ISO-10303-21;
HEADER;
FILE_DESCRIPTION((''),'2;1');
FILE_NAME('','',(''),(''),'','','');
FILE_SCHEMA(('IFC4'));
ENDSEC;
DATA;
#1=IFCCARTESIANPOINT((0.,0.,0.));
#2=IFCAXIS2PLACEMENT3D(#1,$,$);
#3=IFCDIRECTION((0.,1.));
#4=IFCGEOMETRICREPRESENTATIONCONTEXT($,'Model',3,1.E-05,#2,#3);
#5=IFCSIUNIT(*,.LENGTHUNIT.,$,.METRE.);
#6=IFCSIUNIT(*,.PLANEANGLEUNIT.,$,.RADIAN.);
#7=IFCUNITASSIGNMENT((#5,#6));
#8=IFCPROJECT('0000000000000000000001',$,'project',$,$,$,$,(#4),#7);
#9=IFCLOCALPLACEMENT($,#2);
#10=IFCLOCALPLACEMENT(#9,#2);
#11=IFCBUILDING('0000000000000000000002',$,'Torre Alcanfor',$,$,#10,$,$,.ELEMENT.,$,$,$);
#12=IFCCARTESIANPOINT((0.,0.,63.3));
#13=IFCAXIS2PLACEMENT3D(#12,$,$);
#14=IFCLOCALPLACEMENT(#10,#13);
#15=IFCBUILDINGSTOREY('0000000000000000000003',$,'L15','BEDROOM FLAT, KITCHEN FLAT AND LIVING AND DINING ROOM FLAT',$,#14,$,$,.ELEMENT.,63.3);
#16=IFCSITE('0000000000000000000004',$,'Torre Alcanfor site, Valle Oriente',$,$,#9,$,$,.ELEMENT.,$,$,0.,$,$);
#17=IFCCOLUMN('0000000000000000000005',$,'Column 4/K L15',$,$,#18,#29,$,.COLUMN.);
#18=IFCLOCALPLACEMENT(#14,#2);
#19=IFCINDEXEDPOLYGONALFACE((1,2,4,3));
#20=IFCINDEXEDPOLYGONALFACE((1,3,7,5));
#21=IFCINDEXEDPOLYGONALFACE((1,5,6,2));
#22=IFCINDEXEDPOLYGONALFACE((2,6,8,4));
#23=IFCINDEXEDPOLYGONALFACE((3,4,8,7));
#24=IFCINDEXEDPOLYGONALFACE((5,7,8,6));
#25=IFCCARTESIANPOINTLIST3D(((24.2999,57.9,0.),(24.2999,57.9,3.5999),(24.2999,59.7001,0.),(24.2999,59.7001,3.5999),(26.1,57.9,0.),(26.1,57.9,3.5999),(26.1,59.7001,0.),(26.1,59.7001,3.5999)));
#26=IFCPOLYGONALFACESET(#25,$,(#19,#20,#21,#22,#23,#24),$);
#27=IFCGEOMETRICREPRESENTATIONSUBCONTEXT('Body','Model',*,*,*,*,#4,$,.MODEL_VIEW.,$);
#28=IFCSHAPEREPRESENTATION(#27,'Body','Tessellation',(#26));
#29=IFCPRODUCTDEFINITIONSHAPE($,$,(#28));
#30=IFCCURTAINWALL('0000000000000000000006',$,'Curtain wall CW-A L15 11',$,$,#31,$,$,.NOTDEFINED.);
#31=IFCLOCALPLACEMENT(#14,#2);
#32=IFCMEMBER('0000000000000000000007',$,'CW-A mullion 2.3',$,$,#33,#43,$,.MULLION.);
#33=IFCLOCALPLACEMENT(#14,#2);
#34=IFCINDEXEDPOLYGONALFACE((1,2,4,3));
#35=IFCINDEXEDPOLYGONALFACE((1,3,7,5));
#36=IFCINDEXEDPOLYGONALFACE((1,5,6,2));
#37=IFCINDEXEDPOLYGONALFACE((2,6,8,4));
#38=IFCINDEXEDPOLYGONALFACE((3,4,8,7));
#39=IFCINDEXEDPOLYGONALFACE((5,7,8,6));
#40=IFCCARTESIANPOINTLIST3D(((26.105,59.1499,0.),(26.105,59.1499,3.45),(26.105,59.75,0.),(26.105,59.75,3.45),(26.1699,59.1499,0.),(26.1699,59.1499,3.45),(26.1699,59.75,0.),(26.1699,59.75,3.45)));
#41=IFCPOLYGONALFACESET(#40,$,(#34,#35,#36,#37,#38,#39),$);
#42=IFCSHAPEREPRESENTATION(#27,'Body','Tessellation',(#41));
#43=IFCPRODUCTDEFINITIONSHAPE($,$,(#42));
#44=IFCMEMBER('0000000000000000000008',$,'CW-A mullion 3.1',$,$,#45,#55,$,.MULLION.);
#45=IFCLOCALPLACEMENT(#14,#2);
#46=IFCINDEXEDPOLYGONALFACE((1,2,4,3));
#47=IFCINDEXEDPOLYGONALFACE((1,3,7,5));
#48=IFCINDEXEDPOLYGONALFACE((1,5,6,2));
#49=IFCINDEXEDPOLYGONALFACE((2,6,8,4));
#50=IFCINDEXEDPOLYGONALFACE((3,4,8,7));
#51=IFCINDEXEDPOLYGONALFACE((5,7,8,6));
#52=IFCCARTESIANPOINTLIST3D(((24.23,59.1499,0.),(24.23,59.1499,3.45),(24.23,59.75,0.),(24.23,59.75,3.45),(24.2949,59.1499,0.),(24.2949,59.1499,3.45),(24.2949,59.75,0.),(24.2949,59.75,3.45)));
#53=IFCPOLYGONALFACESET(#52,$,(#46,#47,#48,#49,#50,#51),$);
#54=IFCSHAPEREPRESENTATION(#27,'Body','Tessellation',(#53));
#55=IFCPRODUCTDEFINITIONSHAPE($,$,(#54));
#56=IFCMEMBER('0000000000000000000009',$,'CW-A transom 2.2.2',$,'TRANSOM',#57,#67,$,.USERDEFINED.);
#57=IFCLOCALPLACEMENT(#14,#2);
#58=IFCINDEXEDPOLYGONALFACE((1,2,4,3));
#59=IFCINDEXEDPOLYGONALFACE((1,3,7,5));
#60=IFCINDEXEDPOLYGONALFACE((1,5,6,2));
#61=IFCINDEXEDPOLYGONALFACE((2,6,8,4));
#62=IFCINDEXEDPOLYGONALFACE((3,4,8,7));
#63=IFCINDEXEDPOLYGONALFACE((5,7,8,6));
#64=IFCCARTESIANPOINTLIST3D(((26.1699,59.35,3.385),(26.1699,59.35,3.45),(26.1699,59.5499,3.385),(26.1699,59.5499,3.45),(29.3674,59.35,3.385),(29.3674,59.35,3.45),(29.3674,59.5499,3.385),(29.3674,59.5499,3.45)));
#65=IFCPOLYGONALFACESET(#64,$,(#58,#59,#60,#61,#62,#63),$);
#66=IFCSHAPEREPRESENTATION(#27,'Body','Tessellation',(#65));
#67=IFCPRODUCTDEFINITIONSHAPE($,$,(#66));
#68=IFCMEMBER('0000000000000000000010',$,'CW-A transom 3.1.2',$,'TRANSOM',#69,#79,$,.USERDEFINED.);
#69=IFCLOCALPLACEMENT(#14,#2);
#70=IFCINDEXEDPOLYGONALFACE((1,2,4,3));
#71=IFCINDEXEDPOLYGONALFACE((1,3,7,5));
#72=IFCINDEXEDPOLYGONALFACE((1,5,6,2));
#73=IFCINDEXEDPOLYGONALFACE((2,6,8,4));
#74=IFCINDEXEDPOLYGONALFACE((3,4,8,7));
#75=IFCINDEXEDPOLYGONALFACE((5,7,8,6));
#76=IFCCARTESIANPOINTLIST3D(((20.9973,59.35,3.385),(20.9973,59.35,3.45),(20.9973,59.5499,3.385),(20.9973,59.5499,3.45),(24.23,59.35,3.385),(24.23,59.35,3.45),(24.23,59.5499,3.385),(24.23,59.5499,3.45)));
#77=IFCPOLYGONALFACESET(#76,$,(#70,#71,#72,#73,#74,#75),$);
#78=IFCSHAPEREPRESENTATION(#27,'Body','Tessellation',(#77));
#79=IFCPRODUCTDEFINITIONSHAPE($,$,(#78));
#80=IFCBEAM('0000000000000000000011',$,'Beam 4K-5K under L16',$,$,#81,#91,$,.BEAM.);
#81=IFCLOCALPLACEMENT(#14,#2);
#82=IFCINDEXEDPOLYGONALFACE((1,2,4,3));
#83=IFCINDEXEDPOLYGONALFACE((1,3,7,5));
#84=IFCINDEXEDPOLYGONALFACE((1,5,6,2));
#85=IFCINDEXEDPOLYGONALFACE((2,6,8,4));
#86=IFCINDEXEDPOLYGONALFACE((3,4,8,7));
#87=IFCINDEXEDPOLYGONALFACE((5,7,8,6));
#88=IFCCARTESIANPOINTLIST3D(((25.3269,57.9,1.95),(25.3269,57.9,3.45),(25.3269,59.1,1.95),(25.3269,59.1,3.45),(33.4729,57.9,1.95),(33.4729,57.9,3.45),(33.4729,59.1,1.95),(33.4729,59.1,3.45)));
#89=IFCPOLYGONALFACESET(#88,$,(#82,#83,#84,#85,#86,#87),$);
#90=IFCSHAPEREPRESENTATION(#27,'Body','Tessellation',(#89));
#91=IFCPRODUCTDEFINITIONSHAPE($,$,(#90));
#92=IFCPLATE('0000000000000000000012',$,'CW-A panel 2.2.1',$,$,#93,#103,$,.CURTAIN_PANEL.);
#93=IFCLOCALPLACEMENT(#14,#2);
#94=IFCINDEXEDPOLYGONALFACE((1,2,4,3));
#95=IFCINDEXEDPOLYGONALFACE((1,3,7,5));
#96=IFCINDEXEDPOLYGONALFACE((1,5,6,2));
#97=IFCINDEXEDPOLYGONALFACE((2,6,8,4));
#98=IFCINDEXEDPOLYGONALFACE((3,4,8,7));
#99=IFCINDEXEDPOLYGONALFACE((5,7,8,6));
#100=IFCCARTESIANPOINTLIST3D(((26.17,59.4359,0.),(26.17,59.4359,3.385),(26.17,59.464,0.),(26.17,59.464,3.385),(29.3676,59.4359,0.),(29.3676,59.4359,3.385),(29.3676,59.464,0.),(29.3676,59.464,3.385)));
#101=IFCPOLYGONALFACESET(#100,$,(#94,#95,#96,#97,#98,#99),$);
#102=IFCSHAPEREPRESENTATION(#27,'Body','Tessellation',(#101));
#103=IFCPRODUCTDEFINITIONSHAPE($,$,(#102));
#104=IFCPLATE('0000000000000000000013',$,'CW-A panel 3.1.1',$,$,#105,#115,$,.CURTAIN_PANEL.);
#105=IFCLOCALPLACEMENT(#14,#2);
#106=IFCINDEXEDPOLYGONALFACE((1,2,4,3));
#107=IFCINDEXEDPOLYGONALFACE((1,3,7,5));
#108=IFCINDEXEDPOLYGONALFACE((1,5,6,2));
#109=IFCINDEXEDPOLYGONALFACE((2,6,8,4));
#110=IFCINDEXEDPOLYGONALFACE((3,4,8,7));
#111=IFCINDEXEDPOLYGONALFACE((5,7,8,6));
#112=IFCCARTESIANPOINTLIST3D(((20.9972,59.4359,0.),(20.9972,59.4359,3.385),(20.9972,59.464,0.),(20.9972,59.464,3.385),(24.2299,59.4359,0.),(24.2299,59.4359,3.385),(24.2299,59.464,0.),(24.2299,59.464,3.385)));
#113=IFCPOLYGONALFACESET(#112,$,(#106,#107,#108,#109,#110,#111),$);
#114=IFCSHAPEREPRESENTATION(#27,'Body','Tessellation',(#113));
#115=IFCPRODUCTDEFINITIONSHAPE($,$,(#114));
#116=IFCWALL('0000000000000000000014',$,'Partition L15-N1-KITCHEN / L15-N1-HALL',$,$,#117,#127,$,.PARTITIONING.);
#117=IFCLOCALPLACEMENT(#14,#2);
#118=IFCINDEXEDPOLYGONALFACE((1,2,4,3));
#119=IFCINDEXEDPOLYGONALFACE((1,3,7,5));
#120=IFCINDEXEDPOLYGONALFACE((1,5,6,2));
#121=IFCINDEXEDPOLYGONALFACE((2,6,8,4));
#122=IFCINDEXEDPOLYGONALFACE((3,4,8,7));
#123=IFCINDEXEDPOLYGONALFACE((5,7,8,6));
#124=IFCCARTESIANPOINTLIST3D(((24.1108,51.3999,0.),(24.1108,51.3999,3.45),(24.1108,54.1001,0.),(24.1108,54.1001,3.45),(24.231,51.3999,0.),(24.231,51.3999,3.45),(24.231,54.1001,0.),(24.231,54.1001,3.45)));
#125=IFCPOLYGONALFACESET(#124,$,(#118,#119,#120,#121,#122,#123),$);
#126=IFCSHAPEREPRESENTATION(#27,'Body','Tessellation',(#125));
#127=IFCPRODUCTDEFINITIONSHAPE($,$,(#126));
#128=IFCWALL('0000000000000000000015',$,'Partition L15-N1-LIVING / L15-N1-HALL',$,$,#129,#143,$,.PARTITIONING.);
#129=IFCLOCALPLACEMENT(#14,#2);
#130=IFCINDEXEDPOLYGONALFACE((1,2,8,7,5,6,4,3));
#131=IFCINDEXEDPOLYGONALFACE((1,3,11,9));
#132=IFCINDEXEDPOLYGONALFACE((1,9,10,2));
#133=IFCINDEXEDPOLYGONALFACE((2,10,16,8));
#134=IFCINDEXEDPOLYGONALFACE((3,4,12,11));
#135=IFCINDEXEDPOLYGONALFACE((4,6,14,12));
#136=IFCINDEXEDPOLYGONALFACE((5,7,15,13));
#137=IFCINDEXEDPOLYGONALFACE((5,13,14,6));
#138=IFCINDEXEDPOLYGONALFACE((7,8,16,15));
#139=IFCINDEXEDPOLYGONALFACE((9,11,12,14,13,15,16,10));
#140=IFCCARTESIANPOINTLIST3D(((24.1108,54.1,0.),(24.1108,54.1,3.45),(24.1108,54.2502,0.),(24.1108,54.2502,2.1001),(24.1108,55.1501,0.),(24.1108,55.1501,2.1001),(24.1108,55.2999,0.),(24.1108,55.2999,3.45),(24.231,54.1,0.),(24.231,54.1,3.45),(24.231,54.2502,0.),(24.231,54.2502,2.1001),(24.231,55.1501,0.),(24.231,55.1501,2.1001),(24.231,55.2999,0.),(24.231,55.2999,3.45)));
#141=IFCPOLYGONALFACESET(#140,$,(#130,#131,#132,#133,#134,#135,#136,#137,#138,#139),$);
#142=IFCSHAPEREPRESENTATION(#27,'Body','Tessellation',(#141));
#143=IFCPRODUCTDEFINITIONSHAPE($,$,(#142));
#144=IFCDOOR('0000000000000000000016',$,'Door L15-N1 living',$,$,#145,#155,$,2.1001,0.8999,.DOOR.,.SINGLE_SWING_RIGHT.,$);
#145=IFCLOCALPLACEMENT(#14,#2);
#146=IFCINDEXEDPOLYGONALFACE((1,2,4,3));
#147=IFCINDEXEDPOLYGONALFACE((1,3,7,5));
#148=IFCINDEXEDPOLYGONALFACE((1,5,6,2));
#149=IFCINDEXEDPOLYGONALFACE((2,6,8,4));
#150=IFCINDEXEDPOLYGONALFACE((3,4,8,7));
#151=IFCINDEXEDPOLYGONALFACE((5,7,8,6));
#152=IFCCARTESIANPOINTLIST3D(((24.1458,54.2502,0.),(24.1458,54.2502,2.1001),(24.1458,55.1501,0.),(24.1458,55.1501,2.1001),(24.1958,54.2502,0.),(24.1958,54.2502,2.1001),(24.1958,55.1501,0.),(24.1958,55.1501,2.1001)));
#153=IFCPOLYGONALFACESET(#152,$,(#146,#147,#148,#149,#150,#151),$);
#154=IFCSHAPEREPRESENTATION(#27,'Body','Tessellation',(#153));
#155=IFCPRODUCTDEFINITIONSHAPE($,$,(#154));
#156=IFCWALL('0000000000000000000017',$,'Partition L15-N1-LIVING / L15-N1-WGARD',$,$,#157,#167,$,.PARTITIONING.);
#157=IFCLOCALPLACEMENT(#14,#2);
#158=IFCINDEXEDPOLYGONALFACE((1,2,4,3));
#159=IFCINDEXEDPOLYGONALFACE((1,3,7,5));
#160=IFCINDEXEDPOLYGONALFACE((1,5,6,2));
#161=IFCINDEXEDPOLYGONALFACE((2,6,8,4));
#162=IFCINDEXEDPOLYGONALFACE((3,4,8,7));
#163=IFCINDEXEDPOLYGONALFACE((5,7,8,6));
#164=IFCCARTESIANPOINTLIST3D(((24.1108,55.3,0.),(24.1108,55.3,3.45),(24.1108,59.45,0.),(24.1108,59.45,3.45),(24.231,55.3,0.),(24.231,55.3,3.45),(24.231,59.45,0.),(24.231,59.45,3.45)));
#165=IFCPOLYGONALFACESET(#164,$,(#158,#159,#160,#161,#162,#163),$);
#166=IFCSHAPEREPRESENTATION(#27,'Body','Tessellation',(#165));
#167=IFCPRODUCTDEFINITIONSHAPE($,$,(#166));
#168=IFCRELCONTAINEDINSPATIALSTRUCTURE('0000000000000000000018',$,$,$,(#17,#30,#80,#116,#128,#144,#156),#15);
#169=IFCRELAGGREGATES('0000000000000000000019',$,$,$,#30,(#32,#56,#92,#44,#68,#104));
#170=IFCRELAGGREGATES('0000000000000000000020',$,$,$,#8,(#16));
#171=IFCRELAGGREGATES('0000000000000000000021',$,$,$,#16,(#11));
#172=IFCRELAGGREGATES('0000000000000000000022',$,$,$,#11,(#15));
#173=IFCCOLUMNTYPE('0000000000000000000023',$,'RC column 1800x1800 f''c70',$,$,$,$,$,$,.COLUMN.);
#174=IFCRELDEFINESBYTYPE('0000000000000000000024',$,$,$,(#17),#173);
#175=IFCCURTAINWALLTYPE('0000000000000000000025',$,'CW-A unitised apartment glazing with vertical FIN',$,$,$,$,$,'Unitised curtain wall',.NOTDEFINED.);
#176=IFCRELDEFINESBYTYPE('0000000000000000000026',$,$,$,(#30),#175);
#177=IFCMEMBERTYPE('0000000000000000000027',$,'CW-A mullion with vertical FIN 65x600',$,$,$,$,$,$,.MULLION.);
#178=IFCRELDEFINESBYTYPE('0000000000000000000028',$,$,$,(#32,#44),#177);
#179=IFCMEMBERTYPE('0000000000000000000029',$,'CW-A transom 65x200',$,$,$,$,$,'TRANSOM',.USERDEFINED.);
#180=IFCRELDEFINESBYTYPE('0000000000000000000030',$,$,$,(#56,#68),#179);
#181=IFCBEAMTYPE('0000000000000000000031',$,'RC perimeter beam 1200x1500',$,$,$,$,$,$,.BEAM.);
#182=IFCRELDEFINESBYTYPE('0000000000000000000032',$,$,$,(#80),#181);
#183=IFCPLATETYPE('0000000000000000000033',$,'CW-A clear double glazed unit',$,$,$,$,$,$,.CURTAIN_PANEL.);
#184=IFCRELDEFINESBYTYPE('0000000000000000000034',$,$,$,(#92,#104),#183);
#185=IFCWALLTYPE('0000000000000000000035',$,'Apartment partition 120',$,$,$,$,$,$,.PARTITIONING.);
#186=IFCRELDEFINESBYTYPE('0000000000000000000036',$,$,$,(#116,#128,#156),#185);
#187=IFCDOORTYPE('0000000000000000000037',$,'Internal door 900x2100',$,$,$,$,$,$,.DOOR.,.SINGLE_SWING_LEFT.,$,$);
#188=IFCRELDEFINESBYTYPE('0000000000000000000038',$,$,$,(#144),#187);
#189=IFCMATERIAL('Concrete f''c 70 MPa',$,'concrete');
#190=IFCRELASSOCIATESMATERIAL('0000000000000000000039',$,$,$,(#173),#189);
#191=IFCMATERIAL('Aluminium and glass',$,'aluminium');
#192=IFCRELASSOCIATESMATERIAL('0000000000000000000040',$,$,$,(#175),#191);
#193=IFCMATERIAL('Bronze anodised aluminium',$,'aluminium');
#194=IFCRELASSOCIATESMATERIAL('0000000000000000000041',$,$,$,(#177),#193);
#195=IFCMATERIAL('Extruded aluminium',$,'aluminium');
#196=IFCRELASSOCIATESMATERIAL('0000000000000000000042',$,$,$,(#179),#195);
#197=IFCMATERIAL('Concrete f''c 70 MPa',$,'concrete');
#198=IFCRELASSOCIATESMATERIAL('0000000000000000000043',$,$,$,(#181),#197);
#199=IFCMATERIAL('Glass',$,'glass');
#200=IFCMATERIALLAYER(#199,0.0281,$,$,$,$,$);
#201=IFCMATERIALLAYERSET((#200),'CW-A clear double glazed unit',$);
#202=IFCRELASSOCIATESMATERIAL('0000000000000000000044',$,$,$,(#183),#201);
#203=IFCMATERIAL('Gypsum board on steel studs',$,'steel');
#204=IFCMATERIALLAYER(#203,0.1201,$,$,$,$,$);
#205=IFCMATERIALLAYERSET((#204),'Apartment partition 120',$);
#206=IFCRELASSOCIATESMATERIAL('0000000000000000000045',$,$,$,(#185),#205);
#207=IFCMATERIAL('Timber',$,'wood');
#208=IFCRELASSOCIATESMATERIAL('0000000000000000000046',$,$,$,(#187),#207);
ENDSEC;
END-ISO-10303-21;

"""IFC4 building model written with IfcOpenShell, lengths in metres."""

from ifc_helpers import new_model, si_unit, direction, frame, frame_2d, origin, origin_2d, place, context, subcontext, project, spatial, rectangle, extrude, material, layer, layer_set, material_profile, profile_set, type_object, element, fill, aggregate, save


model = new_model("IFC4")

# Units and contexts
model_context = context("Model", 3, precision=1e-05, world=origin(), true_north=direction((0.0, 1.0)))
body_context = subcontext(model_context, "Body", "Model", "MODEL_VIEW")
ifc_project = project(units=[si_unit("LENGTHUNIT", "METRE"), si_unit("PLANEANGLEUNIT", "RADIAN")], contexts=[model_context])

# Site, building, storey
site_placement = place(None, origin())
site = spatial("IfcSite", under=ifc_project, at=site_placement, Name="Torre Alcanfor site, Valle Oriente", CompositionType="ELEMENT", RefElevation=0.0)
building_placement = place(site_placement, origin())
building = spatial("IfcBuilding", under=site, at=building_placement, Name="Torre Alcanfor", CompositionType="ELEMENT")
storey_placement = place(building_placement, frame((0.0, 0.0, 63.3)))
storey = spatial("IfcBuildingStorey", under=building, at=storey_placement, Name="L15", Description="BEDROOM FLAT, KITCHEN FLAT AND LIVING AND DINING ROOM FLAT", CompositionType="ELEMENT", Elevation=63.3)

# Column
ifc_material_1 = material(Name="Concrete f'c 70 MPa", Category="concrete")
ifc_material_profile_1 = material_profile(ifc_material_1, rectangle(XDim=1.8, YDim=1.8, at=origin_2d()), Name="1800x1800")
ifc_profile_set_1 = profile_set([ifc_material_profile_1], Name="Concrete f'c 70 MPa")
column_type = type_object("IfcColumnType", Name="RC column 1800x1800 f'c70", PredefinedType="COLUMN", material=ifc_profile_set_1)
column_placement = place(storey_placement, frame((25.2, 58.8, 0.0), z_axis=(0.0, 0.0, 1.0), x_axis=(1.0, 0.0, 0.0)))
element("IfcColumn", 1, at=column_placement, inside=storey, type_object=column_type, Name="Column 4/K L15", PredefinedType="COLUMN", context=body_context, shape_type="SweptSolid", body=[
    extrude(rectangle(XDim=1.8, YDim=1.8, at=origin_2d()), origin(), (0.0, 0.0, 1.0), 3.5999),
])

# Curtain wall, members
ifc_material_2 = material(Name="Aluminium and glass", Category="aluminium")
curtain_wall_type = type_object("IfcCurtainWallType", Name="CW-A unitised apartment glazing with vertical FIN", ElementType="Unitised curtain wall", PredefinedType="NOTDEFINED", material=ifc_material_2)
curtain_wall_placement = place(storey_placement, origin())
curtain_wall = element("IfcCurtainWall", 2, at=curtain_wall_placement, inside=storey, type_object=curtain_wall_type, Name="Curtain wall CW-A L15 11", PredefinedType="NOTDEFINED")
ifc_material_3 = material(Name="Bronze anodised aluminium", Category="aluminium")
ifc_material_profile_2 = material_profile(ifc_material_3, rectangle(XDim=0.6001, YDim=0.0649, at=origin_2d()), Name="CW-A mullion 65x600")
ifc_profile_set_2 = profile_set([ifc_material_profile_2], Name="Bronze anodised aluminium")
member_type_1 = type_object("IfcMemberType", Name="CW-A mullion with vertical FIN 65x600", PredefinedType="MULLION", material=ifc_profile_set_2)
member_1_placement = place(storey_placement, frame((26.1375, 59.45, 0.0), z_axis=(0.0, 0.0, 1.0), x_axis=(0.0, -1.0, 0.0)))
member_1 = element("IfcMember", 3, at=member_1_placement, type_object=member_type_1, Name="CW-A mullion 2.3", PredefinedType="MULLION", context=body_context, shape_type="SweptSolid", body=[
    extrude(rectangle(XDim=0.6001, YDim=0.0649, at=origin_2d()), origin(), (0.0, 0.0, 1.0), 3.45),
])
member_2_placement = place(storey_placement, frame((24.2625, 59.45, 0.0), z_axis=(0.0, 0.0, 1.0), x_axis=(0.0, -1.0, 0.0)))
member_2 = element("IfcMember", 4, at=member_2_placement, type_object=member_type_1, Name="CW-A mullion 3.1", PredefinedType="MULLION", context=body_context, shape_type="SweptSolid", body=[
    extrude(rectangle(XDim=0.6001, YDim=0.0649, at=origin_2d()), origin(), (0.0, 0.0, 1.0), 3.45),
])
ifc_material_4 = material(Name="Extruded aluminium", Category="aluminium")
ifc_material_profile_3 = material_profile(ifc_material_4, rectangle(XDim=0.2, YDim=0.0649, at=origin_2d()), Name="CW-A transom 200x65")
ifc_profile_set_3 = profile_set([ifc_material_profile_3], Name="Extruded aluminium")
member_type_2 = type_object("IfcMemberType", Name="CW-A transom 65x200", ElementType="TRANSOM", PredefinedType="USERDEFINED", material=ifc_profile_set_3)
member_3_placement = place(storey_placement, frame((29.3674, 59.45, 3.4175), z_axis=(-1.0, 0.0, 0.0), x_axis=(0.0, -1.0, 0.0)))
member_3 = element("IfcMember", 5, at=member_3_placement, type_object=member_type_2, Name="CW-A transom 2.2.2", ObjectType="TRANSOM", PredefinedType="USERDEFINED", context=body_context, shape_type="SweptSolid", body=[
    extrude(rectangle(XDim=0.2, YDim=0.0649, at=origin_2d()), origin(), (0.0, 0.0, 1.0), 3.1975),
])
member_4_placement = place(storey_placement, frame((24.23, 59.45, 3.4175), z_axis=(-1.0, 0.0, 0.0), x_axis=(0.0, -1.0, 0.0)))
member_4 = element("IfcMember", 6, at=member_4_placement, type_object=member_type_2, Name="CW-A transom 3.1.2", ObjectType="TRANSOM", PredefinedType="USERDEFINED", context=body_context, shape_type="SweptSolid", body=[
    extrude(rectangle(XDim=0.2, YDim=0.0649, at=origin_2d()), origin(), (0.0, 0.0, 1.0), 3.2327),
])

# Beam
ifc_material_5 = material(Name="Concrete f'c 70 MPa", Category="concrete")
ifc_material_profile_4 = material_profile(ifc_material_5, rectangle(XDim=1.2, YDim=1.5, at=origin_2d()), Name="1200x1500")
ifc_profile_set_4 = profile_set([ifc_material_profile_4], Name="Concrete f'c 70 MPa")
beam_type = type_object("IfcBeamType", Name="RC perimeter beam 1200x1500", PredefinedType="BEAM", material=ifc_profile_set_4)
beam_placement = place(storey_placement, frame((25.3269, 58.5, 2.7), z_axis=(1.0, 0.0, 0.0), x_axis=(0.0, 1.0, 0.0)))
element("IfcBeam", 7, at=beam_placement, inside=storey, type_object=beam_type, Name="Beam 4K-5K under L16", PredefinedType="BEAM", context=body_context, shape_type="SweptSolid", body=[
    extrude(rectangle(XDim=1.2, YDim=1.5, at=origin_2d()), origin(), (0.0, 0.0, 1.0), 8.146),
])

# Plates
ifc_material_6 = material(Name="Glass", Category="glass")
ifc_layer_1 = layer(ifc_material_6, 0.0281)
ifc_layer_set_1 = layer_set([ifc_layer_1], Name="CW-A clear double glazed unit")
plate_type = type_object("IfcPlateType", Name="CW-A clear double glazed unit", PredefinedType="CURTAIN_PANEL", material=ifc_layer_set_1)
plate_1_placement = place(storey_placement, frame((27.7688, 59.45, 0.0), z_axis=(0.0, 0.0, 1.0), x_axis=(-1.0, 0.0, 0.0)))
plate_1 = element("IfcPlate", 8, at=plate_1_placement, type_object=plate_type, Name="CW-A panel 2.2.1", PredefinedType="CURTAIN_PANEL", context=body_context, shape_type="SweptSolid", body=[
    extrude(rectangle(XDim=3.1975, YDim=0.0281, at=origin_2d()), origin(), (0.0, 0.0, 1.0), 3.385),
])
plate_2_placement = place(storey_placement, frame((22.6135, 59.45, 0.0), z_axis=(0.0, 0.0, 1.0), x_axis=(-1.0, 0.0, 0.0)))
plate_2 = element("IfcPlate", 9, at=plate_2_placement, type_object=plate_type, Name="CW-A panel 3.1.1", PredefinedType="CURTAIN_PANEL", context=body_context, shape_type="SweptSolid", body=[
    extrude(rectangle(XDim=3.2327, YDim=0.0281, at=origin_2d()), origin(), (0.0, 0.0, 1.0), 3.385),
])
aggregate(curtain_wall, [member_1, member_3, plate_1, member_2, member_4, plate_2])

# Wall
ifc_material_7 = material(Name="Gypsum board on steel studs", Category="steel")
ifc_layer_2 = layer(ifc_material_7, 0.1201)
ifc_layer_set_2 = layer_set([ifc_layer_2], Name="Apartment partition 120")
wall_type = type_object("IfcWallType", Name="Apartment partition 120", PredefinedType="PARTITIONING", material=ifc_layer_set_2)
wall_1_placement = place(storey_placement, frame((24.1709, 54.1001, 0.0), z_axis=(0.0, 0.0, 1.0), x_axis=(0.0, -1.0, 0.0)))
element("IfcWall", 10, at=wall_1_placement, inside=storey, type_object=wall_type, Name="Partition L15-N1-KITCHEN / L15-N1-HALL", PredefinedType="PARTITIONING", context=body_context, shape_type="SweptSolid", body=[
    extrude(rectangle(XDim=2.7002, YDim=0.1201, at=frame_2d((1.3501, 0.0))), origin(), (0.0, 0.0, 1.0), 3.45),
])

# Wall, opening, door
wall_2_placement = place(storey_placement, frame((24.1709, 55.3, 0.0), z_axis=(0.0, 0.0, 1.0), x_axis=(0.0, -1.0, 0.0)))
wall_2 = element("IfcWall", 11, at=wall_2_placement, inside=storey, type_object=wall_type, Name="Partition L15-N1-LIVING / L15-N1-HALL", PredefinedType="PARTITIONING", context=body_context, shape_type="SweptSolid", body=[
    extrude(rectangle(XDim=1.2, YDim=0.1201, at=frame_2d((0.6001, 0.0))), origin(), (0.0, 0.0, 1.0), 3.45),
])
opening_1_placement = place(wall_2_placement, frame((0.1499, 0.0, 0.0)))
opening_1 = element("IfcOpeningElement", 12, at=opening_1_placement, cuts=wall_2, PredefinedType="OPENING", context=body_context, shape_type="SweptSolid", body=[
    extrude(rectangle(XDim=0.8999, YDim=2.1001, at=frame_2d((0.45, 1.05))), frame((0.0, 0.0701, 0.0), z_axis=(0.0, -1.0, 0.0), x_axis=(1.0, 0.0, 0.0)), (0.0, 0.0, 1.0), 0.1401),
])
ifc_material_8 = material(Name="Timber", Category="wood")
door_type = type_object("IfcDoorType", Name="Internal door 900x2100", OperationType="SINGLE_SWING_LEFT", PredefinedType="DOOR", material=ifc_material_8)
door_1_placement = place(opening_1_placement, origin())
door_1 = element("IfcDoor", 13, at=door_1_placement, inside=storey, type_object=door_type, Name="Door L15-N1 living", OperationType="SINGLE_SWING_RIGHT", OverallHeight=2.1001, OverallWidth=0.8999, PredefinedType="DOOR", context=body_context, shape_type="SweptSolid", body=[
    extrude(rectangle(XDim=0.8999, YDim=2.1001, at=frame_2d((0.45, 1.05))), frame((0.0, 0.0249, 0.0), z_axis=(0.0, -1.0, 0.0), x_axis=(1.0, 0.0, 0.0)), (0.0, 0.0, 1.0), 0.05),
])
fill(opening_1, door_1)

# Wall
wall_3_placement = place(storey_placement, frame((24.1709, 59.45, 0.0), z_axis=(0.0, 0.0, 1.0), x_axis=(0.0, -1.0, 0.0)))
element("IfcWall", 14, at=wall_3_placement, inside=storey, type_object=wall_type, Name="Partition L15-N1-LIVING / L15-N1-WGARD", PredefinedType="PARTITIONING", context=body_context, shape_type="SweptSolid", body=[
    extrude(rectangle(XDim=4.1499, YDim=0.1201, at=frame_2d((2.075, 0.0))), origin(), (0.0, 0.0, 1.0), 3.45),
])

save(model, "model.ifc")
